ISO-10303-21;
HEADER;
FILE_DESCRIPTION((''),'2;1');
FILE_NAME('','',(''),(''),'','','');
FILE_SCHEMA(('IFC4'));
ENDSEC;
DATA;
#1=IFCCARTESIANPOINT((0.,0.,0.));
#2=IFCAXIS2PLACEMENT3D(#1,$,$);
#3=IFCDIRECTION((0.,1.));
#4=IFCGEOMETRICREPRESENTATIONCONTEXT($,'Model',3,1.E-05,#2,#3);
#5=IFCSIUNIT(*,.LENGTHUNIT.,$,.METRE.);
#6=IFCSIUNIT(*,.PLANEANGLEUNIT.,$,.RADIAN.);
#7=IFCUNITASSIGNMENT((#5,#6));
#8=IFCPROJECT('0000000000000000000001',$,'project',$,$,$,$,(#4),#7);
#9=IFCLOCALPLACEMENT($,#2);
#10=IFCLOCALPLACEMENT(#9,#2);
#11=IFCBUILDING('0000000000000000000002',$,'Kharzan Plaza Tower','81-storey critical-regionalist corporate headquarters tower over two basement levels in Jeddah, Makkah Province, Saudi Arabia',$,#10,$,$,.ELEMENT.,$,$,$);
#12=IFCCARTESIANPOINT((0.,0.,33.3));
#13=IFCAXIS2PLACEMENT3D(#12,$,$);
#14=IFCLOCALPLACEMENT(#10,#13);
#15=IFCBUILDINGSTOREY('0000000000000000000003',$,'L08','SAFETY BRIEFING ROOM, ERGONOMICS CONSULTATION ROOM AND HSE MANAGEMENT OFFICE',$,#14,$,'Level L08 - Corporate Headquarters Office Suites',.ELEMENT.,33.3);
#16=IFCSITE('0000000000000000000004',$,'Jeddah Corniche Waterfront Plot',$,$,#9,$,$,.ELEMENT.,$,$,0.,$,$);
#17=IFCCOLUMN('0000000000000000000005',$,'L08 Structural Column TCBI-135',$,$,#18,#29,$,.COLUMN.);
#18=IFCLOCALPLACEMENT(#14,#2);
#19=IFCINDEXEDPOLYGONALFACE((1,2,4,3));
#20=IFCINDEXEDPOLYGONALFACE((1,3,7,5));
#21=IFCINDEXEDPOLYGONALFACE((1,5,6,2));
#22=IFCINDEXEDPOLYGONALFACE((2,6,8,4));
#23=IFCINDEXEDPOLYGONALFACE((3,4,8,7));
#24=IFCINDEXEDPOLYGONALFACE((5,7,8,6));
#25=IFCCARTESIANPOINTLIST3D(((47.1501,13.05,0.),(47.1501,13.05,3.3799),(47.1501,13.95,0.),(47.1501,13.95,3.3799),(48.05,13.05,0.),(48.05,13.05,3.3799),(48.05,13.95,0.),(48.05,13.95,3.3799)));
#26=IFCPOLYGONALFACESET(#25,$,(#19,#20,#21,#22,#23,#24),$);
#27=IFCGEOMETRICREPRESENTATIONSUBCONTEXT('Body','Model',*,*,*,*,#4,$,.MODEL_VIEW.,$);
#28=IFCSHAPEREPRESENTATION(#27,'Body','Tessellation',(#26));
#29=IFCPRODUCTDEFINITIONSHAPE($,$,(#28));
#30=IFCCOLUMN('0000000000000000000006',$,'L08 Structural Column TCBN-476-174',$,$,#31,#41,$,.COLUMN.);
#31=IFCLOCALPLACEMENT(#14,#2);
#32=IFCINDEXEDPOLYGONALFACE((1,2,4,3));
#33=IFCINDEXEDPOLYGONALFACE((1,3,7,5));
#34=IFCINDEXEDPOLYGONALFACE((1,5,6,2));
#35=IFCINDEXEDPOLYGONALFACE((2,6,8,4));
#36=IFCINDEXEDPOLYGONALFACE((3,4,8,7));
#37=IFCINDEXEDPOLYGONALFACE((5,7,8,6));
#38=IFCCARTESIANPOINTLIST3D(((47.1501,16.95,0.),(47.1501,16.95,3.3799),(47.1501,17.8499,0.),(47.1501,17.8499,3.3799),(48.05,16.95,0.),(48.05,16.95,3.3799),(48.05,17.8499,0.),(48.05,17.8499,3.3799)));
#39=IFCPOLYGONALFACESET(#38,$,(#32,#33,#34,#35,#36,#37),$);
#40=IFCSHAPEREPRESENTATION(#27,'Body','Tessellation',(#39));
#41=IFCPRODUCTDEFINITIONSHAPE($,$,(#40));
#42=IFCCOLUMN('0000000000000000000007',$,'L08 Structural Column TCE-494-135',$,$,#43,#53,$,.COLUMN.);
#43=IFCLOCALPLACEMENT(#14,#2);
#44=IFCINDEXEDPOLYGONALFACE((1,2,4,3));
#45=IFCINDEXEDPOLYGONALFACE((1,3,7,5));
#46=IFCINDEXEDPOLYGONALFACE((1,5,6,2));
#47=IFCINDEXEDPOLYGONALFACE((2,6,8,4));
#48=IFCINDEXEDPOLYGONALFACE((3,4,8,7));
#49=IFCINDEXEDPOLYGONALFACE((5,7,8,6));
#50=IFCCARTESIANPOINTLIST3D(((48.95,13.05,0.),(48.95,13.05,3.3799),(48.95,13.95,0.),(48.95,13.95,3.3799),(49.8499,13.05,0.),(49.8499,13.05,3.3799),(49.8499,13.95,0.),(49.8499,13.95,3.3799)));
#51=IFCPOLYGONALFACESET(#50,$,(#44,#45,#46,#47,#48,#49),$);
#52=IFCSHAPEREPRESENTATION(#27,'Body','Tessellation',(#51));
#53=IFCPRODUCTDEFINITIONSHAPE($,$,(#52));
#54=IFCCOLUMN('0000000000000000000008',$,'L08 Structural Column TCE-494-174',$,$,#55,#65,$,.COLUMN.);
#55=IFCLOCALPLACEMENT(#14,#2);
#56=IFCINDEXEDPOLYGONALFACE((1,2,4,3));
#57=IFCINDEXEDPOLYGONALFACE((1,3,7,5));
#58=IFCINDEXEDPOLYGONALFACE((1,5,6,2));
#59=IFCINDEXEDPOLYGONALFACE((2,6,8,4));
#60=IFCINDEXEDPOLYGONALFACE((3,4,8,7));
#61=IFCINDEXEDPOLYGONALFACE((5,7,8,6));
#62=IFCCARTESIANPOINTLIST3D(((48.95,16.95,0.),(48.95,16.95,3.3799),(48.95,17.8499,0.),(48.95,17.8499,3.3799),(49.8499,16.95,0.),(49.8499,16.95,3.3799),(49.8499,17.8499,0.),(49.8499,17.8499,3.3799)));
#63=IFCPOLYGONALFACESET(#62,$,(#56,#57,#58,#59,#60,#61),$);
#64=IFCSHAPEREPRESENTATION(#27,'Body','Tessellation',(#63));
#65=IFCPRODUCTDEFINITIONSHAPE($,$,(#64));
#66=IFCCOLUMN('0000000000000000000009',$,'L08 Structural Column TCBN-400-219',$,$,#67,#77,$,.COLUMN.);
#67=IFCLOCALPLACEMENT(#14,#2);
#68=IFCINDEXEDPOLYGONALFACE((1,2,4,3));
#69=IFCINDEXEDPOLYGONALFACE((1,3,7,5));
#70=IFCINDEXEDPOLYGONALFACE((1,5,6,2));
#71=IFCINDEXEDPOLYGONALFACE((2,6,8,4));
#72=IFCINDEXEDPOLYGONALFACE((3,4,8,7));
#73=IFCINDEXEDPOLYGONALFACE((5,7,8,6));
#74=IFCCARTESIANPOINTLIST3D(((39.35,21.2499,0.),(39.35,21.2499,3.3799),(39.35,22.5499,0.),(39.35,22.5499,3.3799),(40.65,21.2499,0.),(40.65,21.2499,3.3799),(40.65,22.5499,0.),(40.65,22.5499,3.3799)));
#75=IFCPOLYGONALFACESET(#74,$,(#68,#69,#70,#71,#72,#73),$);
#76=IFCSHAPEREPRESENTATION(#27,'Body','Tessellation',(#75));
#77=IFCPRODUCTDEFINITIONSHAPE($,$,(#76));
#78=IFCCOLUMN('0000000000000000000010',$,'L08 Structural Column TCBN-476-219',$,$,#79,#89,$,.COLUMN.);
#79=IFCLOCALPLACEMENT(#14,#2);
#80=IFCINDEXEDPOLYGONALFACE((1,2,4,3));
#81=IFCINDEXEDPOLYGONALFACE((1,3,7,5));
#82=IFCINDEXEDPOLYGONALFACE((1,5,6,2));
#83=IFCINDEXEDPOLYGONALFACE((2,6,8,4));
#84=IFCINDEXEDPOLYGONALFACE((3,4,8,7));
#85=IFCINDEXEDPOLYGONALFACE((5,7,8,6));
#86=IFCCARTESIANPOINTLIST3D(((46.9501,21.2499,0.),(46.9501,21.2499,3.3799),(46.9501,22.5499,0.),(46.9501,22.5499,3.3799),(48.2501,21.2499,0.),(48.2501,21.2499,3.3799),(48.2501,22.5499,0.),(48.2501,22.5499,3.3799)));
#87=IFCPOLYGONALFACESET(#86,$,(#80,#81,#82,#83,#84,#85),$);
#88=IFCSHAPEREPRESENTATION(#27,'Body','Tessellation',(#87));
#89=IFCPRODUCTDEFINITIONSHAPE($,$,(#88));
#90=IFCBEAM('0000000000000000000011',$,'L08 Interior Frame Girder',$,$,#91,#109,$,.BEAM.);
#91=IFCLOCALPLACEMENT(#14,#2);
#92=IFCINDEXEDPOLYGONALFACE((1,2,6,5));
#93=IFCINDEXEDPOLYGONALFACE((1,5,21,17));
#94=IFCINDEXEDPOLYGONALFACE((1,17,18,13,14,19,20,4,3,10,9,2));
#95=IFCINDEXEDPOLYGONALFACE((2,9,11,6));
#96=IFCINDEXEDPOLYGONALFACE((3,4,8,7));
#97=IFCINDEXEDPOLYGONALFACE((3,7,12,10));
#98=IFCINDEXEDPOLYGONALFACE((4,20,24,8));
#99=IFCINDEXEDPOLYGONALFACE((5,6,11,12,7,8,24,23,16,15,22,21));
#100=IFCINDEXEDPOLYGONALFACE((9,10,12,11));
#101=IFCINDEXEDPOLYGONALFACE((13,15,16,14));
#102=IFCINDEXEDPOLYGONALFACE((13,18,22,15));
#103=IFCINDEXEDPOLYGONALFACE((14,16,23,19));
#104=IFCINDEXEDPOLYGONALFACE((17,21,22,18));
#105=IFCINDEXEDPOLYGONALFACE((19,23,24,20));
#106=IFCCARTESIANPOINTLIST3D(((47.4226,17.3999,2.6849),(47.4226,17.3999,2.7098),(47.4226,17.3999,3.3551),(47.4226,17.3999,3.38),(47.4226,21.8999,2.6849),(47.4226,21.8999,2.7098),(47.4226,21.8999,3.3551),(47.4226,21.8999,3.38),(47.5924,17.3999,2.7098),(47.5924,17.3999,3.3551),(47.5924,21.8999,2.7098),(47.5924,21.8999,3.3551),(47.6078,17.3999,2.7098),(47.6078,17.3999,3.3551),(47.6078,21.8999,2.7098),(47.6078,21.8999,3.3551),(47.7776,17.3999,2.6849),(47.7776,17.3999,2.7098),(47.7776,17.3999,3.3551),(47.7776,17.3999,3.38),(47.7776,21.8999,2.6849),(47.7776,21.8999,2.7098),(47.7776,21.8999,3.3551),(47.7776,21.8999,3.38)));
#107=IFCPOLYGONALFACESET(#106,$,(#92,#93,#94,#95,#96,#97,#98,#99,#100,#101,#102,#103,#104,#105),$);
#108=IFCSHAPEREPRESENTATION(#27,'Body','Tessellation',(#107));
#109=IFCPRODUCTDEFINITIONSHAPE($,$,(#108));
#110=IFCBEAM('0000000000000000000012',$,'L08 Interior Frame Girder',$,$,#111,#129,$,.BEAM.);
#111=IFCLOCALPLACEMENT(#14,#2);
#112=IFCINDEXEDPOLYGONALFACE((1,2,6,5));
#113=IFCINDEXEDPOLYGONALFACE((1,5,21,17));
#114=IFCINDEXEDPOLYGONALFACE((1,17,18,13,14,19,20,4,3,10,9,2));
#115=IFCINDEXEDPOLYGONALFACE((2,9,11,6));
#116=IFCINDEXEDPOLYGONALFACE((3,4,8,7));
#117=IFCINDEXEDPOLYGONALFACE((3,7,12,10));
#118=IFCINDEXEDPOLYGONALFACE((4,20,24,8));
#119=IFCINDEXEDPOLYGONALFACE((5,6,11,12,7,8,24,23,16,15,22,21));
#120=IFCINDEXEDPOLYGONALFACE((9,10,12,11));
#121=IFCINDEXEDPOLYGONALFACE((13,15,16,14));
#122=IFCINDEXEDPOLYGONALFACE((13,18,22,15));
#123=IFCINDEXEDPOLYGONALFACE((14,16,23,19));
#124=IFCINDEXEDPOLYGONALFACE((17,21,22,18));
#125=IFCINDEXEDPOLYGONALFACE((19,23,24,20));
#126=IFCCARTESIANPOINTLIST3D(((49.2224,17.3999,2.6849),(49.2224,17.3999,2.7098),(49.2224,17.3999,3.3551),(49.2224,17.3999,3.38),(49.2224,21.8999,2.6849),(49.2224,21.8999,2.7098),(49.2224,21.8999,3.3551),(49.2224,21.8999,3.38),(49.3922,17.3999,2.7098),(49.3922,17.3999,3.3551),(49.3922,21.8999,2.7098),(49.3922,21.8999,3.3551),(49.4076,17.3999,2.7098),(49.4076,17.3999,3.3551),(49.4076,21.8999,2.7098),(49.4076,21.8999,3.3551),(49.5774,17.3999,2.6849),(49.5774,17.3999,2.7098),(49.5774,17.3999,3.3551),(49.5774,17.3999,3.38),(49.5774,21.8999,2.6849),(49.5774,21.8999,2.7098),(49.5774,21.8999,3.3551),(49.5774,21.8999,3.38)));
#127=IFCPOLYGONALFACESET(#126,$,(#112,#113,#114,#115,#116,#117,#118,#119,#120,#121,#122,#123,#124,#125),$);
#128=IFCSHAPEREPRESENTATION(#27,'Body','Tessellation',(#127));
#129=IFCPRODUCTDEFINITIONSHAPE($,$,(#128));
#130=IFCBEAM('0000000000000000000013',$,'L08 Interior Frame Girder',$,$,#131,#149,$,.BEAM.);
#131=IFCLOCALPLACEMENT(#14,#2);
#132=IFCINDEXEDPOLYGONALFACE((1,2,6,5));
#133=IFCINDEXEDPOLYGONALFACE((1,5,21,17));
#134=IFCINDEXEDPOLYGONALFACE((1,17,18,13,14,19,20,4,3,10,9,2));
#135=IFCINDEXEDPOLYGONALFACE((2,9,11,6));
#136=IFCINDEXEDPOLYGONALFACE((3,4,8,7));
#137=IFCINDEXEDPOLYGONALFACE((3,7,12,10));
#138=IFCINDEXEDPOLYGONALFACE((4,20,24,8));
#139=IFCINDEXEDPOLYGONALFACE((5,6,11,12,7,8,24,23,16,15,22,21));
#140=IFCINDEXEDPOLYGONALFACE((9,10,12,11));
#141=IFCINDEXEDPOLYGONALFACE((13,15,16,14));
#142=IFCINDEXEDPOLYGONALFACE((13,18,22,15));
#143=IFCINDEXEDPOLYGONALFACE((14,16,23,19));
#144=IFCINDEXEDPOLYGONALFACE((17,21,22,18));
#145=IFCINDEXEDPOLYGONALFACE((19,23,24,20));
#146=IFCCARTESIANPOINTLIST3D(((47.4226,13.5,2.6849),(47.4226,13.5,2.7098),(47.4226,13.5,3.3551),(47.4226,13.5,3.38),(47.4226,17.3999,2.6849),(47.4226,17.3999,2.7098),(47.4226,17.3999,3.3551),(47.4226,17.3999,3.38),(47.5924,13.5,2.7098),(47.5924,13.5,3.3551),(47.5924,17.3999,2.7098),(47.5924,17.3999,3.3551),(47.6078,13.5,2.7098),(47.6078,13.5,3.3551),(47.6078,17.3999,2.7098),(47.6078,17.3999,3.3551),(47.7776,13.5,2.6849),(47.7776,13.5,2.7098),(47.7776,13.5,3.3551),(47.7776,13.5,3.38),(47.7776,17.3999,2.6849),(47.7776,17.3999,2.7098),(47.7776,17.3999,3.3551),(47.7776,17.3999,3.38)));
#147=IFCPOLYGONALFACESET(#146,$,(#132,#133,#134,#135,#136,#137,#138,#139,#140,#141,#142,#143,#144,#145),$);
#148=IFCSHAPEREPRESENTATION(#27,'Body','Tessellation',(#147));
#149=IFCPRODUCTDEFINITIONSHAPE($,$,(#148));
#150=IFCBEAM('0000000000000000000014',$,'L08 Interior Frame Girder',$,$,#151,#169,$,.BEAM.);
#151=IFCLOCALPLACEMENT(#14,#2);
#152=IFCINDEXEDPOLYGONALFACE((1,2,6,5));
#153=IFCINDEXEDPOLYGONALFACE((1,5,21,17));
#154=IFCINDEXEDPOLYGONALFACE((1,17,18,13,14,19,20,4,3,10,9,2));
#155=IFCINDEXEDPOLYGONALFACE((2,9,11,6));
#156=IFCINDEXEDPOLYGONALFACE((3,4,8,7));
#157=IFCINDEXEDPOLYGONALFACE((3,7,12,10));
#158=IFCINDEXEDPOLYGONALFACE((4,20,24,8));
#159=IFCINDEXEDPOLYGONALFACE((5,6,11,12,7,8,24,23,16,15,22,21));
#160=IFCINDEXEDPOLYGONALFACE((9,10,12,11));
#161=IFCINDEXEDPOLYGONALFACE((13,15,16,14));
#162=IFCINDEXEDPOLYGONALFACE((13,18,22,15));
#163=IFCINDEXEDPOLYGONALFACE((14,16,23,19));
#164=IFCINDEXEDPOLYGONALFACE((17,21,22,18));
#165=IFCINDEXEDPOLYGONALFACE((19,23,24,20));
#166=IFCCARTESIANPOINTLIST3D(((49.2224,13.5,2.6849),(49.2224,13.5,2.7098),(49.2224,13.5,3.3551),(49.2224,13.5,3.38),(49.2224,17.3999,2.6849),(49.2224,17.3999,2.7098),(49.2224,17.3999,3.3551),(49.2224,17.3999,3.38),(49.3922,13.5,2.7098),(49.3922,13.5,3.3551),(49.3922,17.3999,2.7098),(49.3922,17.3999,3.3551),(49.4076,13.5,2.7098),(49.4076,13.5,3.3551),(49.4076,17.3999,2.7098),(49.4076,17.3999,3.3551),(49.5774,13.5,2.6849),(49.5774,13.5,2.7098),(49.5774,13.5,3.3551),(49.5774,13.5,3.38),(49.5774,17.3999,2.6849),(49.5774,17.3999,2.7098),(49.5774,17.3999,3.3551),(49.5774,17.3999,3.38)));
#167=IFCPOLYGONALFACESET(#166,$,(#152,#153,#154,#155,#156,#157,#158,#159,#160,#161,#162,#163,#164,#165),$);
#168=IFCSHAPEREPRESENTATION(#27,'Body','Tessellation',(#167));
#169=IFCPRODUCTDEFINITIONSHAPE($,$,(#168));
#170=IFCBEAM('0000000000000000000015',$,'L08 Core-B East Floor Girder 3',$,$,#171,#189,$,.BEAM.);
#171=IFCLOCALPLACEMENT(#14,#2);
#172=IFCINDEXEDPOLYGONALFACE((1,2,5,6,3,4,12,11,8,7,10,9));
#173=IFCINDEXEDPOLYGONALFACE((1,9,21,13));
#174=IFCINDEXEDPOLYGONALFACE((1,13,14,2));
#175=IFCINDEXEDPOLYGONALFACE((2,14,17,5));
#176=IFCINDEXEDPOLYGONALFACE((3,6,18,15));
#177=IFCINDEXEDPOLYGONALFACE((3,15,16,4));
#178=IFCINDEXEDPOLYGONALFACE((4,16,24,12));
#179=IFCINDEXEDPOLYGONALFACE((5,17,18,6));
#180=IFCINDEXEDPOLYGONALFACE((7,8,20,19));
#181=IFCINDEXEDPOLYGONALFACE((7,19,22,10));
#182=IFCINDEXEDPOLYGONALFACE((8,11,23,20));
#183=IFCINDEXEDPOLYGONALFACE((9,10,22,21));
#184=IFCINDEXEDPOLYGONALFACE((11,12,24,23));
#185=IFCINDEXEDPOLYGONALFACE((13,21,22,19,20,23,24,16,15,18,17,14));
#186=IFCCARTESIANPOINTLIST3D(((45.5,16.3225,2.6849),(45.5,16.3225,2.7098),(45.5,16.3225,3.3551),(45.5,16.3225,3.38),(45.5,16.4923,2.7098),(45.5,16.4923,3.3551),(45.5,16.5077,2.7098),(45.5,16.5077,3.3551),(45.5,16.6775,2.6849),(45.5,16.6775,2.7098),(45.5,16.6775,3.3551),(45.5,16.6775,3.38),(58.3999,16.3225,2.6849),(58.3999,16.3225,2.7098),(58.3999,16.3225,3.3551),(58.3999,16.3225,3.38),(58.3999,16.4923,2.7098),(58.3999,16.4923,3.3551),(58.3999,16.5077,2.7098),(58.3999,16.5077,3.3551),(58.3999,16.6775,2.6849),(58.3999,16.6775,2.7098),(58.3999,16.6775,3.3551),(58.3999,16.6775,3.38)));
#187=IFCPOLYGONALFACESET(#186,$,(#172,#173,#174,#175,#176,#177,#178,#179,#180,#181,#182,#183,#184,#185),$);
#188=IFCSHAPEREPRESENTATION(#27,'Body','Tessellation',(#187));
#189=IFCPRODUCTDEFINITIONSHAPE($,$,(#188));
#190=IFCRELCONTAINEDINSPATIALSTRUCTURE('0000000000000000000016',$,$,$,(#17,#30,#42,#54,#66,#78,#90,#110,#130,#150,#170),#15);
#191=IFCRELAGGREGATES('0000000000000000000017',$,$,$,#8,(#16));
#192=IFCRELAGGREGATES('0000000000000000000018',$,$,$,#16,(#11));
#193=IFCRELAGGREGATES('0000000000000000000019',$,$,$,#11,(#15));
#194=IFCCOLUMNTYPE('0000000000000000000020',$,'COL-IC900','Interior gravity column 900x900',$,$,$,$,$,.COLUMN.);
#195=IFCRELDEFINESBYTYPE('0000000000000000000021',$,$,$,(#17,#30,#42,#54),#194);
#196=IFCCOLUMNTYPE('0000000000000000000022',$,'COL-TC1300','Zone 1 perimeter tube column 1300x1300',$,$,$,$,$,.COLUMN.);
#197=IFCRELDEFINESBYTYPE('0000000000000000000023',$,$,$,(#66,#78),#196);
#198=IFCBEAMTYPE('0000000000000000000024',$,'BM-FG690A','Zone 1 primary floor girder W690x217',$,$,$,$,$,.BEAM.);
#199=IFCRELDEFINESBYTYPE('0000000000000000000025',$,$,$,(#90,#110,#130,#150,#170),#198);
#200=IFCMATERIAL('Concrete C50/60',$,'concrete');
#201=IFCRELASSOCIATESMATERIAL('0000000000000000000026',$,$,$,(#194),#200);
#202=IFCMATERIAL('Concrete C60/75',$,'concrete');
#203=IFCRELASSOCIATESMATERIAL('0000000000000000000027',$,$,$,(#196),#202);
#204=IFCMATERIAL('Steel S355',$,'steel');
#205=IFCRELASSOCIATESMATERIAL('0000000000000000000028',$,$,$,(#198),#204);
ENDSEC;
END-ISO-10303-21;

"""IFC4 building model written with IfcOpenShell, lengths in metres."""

from ifc_helpers import new_model, si_unit, direction, frame, origin, origin_2d, place, context, subcontext, project, spatial, rectangle, i_section, extrude, source, transform, mapped, material, material_profile, profile_set, type_object, element, save


model = new_model("IFC4")

# Units and contexts
model_context = context("Model", 3, precision=1e-05, world=origin(), true_north=direction((0.0, 1.0)))
body_context = subcontext(model_context, "Body", "Model", "MODEL_VIEW")
ifc_project = project(units=[si_unit("LENGTHUNIT", "METRE"), si_unit("PLANEANGLEUNIT", "RADIAN")], contexts=[model_context])

# Site, building, storey
site_placement = place(None, origin())
site = spatial("IfcSite", under=ifc_project, at=site_placement, Name="Jeddah Corniche Waterfront Plot", CompositionType="ELEMENT", RefElevation=0.0)
building_placement = place(site_placement, origin())
building = spatial("IfcBuilding", under=site, at=building_placement, Name="Kharzan Plaza Tower", Description="81-storey critical-regionalist corporate headquarters tower over two basement levels in Jeddah, Makkah Province, Saudi Arabia", CompositionType="ELEMENT")
storey_placement = place(building_placement, frame((0.0, 0.0, 33.3)))
storey = spatial("IfcBuildingStorey", under=building, at=storey_placement, Name="L08", Description="SAFETY BRIEFING ROOM, ERGONOMICS CONSULTATION ROOM AND HSE MANAGEMENT OFFICE", LongName="Level L08 - Corporate Headquarters Office Suites", CompositionType="ELEMENT", Elevation=33.3)

# Columns
ifc_material_1 = material(Name="Concrete C50/60", Category="concrete")
ifc_material_profile_1 = material_profile(ifc_material_1, rectangle(XDim=0.8999, YDim=0.8999, at=origin_2d()), Name="RC-IC900x900")
ifc_profile_set_1 = profile_set([ifc_material_profile_1], Name="Concrete C50/60")
column_type_1 = type_object("IfcColumnType", Name="COL-IC900", Description="Interior gravity column 900x900", PredefinedType="COLUMN", material=ifc_profile_set_1)
shared_shape_1 = source(origin(), body_context, "Body", "SweptSolid", [
    extrude(rectangle(XDim=0.8999, YDim=0.8999, at=origin_2d()), origin(), (0.0, 0.0, 1.0), 3.3799),
])
for number, where, z_axis, x_axis, name in (
    (1, (47.6001, 13.5, 0.0), (0.0, 0.0, 1.0), (1.0, 0.0, 0.0), "L08 Structural Column TCBI-135"),
    (2, (47.6001, 17.3999, 0.0), (0.0, 0.0, 1.0), (1.0, 0.0, 0.0), "L08 Structural Column TCBN-476-174"),
    (3, (49.3999, 13.5, 0.0), (0.0, 0.0, 1.0), (1.0, 0.0, 0.0), "L08 Structural Column TCE-494-135"),
    (4, (49.3999, 17.3999, 0.0), (0.0, 0.0, 1.0), (1.0, 0.0, 0.0), "L08 Structural Column TCE-494-174"),
):
    element("IfcColumn", number, at=place(storey_placement, frame(where, z_axis=z_axis, x_axis=x_axis)), inside=storey, type_object=column_type_1, Name=name, PredefinedType="COLUMN", context=body_context, shape_type="MappedRepresentation", body=[
        mapped(shared_shape_1, transform((0.0, 0.0, 0.0), x_axis=(1.0, 0.0, 0.0), y_axis=(0.0, 1.0, 0.0), z_axis=(0.0, 0.0, 1.0))),
    ])
ifc_material_2 = material(Name="Concrete C60/75", Category="concrete")
ifc_material_profile_2 = material_profile(ifc_material_2, rectangle(XDim=1.3, YDim=1.3, at=origin_2d()), Name="RC-TC1300x1300")
ifc_profile_set_2 = profile_set([ifc_material_profile_2], Name="Concrete C60/75")
column_type_2 = type_object("IfcColumnType", Name="COL-TC1300", Description="Zone 1 perimeter tube column 1300x1300", PredefinedType="COLUMN", material=ifc_profile_set_2)
shared_shape_2 = source(origin(), body_context, "Body", "SweptSolid", [
    extrude(rectangle(XDim=1.3, YDim=1.3, at=origin_2d()), origin(), (0.0, 0.0, 1.0), 3.3799),
])
for number, where, z_axis, x_axis, name in (
    (5, (40.0, 21.8999, 0.0), (0.0, 0.0, 1.0), (1.0, 0.0, 0.0), "L08 Structural Column TCBN-400-219"),
    (6, (47.6001, 21.8999, 0.0), (0.0, 0.0, 1.0), (1.0, 0.0, 0.0), "L08 Structural Column TCBN-476-219"),
):
    element("IfcColumn", number, at=place(storey_placement, frame(where, z_axis=z_axis, x_axis=x_axis)), inside=storey, type_object=column_type_2, Name=name, PredefinedType="COLUMN", context=body_context, shape_type="MappedRepresentation", body=[
        mapped(shared_shape_2, transform((0.0, 0.0, 0.0), x_axis=(1.0, 0.0, 0.0), y_axis=(0.0, 1.0, 0.0), z_axis=(0.0, 0.0, 1.0))),
    ])

# Beams
ifc_material_3 = material(Name="Steel S355", Category="steel")
ifc_material_profile_3 = material_profile(ifc_material_3, i_section(OverallWidth=0.355, OverallDepth=0.6951, WebThickness=0.0154, FlangeThickness=0.0249, at=origin_2d()), Name="W690x217")
ifc_profile_set_3 = profile_set([ifc_material_profile_3], Name="Steel S355")
beam_type_1 = type_object("IfcBeamType", Name="BM-FG690A", Description="Zone 1 primary floor girder W690x217", PredefinedType="BEAM", material=ifc_profile_set_3)
shared_shape_3 = source(origin(), body_context, "Body", "SweptSolid", [
    extrude(i_section(OverallWidth=0.355, OverallDepth=0.6951, WebThickness=0.0154, FlangeThickness=0.0249, at=origin_2d()), origin(), (0.0, 0.0, 1.0), 4.5),
])
for number, where, z_axis, x_axis, name in (
    (7, (47.6001, 17.3999, 3.0325), (0.0, 1.0, 0.0), (-1.0, 0.0, 0.0), "L08 Interior Frame Girder"),
    (8, (49.3999, 17.3999, 3.0325), (0.0, 1.0, 0.0), (-1.0, 0.0, 0.0), "L08 Interior Frame Girder"),
):
    element("IfcBeam", number, at=place(storey_placement, frame(where, z_axis=z_axis, x_axis=x_axis)), inside=storey, type_object=beam_type_1, Name=name, PredefinedType="BEAM", context=body_context, shape_type="MappedRepresentation", body=[
        mapped(shared_shape_3, transform((0.0, 0.0, 0.0), x_axis=(1.0, 0.0, 0.0), y_axis=(0.0, 1.0, 0.0), z_axis=(0.0, 0.0, 1.0))),
    ])
shared_shape_4 = source(origin(), body_context, "Body", "SweptSolid", [
    extrude(i_section(OverallWidth=0.355, OverallDepth=0.6951, WebThickness=0.0154, FlangeThickness=0.0249, at=origin_2d()), origin(), (0.0, 0.0, 1.0), 3.8999),
])
for number, where, z_axis, x_axis, name in (
    (9, (47.6001, 13.5, 3.0325), (0.0, 1.0, 0.0), (-1.0, 0.0, 0.0), "L08 Interior Frame Girder"),
    (10, (49.3999, 13.5, 3.0325), (0.0, 1.0, 0.0), (-1.0, 0.0, 0.0), "L08 Interior Frame Girder"),
):
    element("IfcBeam", number, at=place(storey_placement, frame(where, z_axis=z_axis, x_axis=x_axis)), inside=storey, type_object=beam_type_1, Name=name, PredefinedType="BEAM", context=body_context, shape_type="MappedRepresentation", body=[
        mapped(shared_shape_4, transform((0.0, 0.0, 0.0), x_axis=(1.0, 0.0, 0.0), y_axis=(0.0, 1.0, 0.0), z_axis=(0.0, 0.0, 1.0))),
    ])
shared_shape_5 = source(origin(), body_context, "Body", "SweptSolid", [
    extrude(i_section(OverallWidth=0.355, OverallDepth=0.6951, WebThickness=0.0154, FlangeThickness=0.0249, at=origin_2d()), origin(), (0.0, 0.0, 1.0), 12.8999),
])
beam_1_placement = place(storey_placement, frame((45.5, 16.5, 3.0325), z_axis=(1.0, 0.0, 0.0), x_axis=(0.0, 1.0, 0.0)))
element("IfcBeam", 11, at=beam_1_placement, inside=storey, type_object=beam_type_1, Name="L08 Core-B East Floor Girder 3", PredefinedType="BEAM", context=body_context, shape_type="MappedRepresentation", body=[
    mapped(shared_shape_5, transform((0.0, 0.0, 0.0), x_axis=(1.0, 0.0, 0.0), y_axis=(0.0, 1.0, 0.0), z_axis=(0.0, 0.0, 1.0))),
])

save(model, "model.ifc")
